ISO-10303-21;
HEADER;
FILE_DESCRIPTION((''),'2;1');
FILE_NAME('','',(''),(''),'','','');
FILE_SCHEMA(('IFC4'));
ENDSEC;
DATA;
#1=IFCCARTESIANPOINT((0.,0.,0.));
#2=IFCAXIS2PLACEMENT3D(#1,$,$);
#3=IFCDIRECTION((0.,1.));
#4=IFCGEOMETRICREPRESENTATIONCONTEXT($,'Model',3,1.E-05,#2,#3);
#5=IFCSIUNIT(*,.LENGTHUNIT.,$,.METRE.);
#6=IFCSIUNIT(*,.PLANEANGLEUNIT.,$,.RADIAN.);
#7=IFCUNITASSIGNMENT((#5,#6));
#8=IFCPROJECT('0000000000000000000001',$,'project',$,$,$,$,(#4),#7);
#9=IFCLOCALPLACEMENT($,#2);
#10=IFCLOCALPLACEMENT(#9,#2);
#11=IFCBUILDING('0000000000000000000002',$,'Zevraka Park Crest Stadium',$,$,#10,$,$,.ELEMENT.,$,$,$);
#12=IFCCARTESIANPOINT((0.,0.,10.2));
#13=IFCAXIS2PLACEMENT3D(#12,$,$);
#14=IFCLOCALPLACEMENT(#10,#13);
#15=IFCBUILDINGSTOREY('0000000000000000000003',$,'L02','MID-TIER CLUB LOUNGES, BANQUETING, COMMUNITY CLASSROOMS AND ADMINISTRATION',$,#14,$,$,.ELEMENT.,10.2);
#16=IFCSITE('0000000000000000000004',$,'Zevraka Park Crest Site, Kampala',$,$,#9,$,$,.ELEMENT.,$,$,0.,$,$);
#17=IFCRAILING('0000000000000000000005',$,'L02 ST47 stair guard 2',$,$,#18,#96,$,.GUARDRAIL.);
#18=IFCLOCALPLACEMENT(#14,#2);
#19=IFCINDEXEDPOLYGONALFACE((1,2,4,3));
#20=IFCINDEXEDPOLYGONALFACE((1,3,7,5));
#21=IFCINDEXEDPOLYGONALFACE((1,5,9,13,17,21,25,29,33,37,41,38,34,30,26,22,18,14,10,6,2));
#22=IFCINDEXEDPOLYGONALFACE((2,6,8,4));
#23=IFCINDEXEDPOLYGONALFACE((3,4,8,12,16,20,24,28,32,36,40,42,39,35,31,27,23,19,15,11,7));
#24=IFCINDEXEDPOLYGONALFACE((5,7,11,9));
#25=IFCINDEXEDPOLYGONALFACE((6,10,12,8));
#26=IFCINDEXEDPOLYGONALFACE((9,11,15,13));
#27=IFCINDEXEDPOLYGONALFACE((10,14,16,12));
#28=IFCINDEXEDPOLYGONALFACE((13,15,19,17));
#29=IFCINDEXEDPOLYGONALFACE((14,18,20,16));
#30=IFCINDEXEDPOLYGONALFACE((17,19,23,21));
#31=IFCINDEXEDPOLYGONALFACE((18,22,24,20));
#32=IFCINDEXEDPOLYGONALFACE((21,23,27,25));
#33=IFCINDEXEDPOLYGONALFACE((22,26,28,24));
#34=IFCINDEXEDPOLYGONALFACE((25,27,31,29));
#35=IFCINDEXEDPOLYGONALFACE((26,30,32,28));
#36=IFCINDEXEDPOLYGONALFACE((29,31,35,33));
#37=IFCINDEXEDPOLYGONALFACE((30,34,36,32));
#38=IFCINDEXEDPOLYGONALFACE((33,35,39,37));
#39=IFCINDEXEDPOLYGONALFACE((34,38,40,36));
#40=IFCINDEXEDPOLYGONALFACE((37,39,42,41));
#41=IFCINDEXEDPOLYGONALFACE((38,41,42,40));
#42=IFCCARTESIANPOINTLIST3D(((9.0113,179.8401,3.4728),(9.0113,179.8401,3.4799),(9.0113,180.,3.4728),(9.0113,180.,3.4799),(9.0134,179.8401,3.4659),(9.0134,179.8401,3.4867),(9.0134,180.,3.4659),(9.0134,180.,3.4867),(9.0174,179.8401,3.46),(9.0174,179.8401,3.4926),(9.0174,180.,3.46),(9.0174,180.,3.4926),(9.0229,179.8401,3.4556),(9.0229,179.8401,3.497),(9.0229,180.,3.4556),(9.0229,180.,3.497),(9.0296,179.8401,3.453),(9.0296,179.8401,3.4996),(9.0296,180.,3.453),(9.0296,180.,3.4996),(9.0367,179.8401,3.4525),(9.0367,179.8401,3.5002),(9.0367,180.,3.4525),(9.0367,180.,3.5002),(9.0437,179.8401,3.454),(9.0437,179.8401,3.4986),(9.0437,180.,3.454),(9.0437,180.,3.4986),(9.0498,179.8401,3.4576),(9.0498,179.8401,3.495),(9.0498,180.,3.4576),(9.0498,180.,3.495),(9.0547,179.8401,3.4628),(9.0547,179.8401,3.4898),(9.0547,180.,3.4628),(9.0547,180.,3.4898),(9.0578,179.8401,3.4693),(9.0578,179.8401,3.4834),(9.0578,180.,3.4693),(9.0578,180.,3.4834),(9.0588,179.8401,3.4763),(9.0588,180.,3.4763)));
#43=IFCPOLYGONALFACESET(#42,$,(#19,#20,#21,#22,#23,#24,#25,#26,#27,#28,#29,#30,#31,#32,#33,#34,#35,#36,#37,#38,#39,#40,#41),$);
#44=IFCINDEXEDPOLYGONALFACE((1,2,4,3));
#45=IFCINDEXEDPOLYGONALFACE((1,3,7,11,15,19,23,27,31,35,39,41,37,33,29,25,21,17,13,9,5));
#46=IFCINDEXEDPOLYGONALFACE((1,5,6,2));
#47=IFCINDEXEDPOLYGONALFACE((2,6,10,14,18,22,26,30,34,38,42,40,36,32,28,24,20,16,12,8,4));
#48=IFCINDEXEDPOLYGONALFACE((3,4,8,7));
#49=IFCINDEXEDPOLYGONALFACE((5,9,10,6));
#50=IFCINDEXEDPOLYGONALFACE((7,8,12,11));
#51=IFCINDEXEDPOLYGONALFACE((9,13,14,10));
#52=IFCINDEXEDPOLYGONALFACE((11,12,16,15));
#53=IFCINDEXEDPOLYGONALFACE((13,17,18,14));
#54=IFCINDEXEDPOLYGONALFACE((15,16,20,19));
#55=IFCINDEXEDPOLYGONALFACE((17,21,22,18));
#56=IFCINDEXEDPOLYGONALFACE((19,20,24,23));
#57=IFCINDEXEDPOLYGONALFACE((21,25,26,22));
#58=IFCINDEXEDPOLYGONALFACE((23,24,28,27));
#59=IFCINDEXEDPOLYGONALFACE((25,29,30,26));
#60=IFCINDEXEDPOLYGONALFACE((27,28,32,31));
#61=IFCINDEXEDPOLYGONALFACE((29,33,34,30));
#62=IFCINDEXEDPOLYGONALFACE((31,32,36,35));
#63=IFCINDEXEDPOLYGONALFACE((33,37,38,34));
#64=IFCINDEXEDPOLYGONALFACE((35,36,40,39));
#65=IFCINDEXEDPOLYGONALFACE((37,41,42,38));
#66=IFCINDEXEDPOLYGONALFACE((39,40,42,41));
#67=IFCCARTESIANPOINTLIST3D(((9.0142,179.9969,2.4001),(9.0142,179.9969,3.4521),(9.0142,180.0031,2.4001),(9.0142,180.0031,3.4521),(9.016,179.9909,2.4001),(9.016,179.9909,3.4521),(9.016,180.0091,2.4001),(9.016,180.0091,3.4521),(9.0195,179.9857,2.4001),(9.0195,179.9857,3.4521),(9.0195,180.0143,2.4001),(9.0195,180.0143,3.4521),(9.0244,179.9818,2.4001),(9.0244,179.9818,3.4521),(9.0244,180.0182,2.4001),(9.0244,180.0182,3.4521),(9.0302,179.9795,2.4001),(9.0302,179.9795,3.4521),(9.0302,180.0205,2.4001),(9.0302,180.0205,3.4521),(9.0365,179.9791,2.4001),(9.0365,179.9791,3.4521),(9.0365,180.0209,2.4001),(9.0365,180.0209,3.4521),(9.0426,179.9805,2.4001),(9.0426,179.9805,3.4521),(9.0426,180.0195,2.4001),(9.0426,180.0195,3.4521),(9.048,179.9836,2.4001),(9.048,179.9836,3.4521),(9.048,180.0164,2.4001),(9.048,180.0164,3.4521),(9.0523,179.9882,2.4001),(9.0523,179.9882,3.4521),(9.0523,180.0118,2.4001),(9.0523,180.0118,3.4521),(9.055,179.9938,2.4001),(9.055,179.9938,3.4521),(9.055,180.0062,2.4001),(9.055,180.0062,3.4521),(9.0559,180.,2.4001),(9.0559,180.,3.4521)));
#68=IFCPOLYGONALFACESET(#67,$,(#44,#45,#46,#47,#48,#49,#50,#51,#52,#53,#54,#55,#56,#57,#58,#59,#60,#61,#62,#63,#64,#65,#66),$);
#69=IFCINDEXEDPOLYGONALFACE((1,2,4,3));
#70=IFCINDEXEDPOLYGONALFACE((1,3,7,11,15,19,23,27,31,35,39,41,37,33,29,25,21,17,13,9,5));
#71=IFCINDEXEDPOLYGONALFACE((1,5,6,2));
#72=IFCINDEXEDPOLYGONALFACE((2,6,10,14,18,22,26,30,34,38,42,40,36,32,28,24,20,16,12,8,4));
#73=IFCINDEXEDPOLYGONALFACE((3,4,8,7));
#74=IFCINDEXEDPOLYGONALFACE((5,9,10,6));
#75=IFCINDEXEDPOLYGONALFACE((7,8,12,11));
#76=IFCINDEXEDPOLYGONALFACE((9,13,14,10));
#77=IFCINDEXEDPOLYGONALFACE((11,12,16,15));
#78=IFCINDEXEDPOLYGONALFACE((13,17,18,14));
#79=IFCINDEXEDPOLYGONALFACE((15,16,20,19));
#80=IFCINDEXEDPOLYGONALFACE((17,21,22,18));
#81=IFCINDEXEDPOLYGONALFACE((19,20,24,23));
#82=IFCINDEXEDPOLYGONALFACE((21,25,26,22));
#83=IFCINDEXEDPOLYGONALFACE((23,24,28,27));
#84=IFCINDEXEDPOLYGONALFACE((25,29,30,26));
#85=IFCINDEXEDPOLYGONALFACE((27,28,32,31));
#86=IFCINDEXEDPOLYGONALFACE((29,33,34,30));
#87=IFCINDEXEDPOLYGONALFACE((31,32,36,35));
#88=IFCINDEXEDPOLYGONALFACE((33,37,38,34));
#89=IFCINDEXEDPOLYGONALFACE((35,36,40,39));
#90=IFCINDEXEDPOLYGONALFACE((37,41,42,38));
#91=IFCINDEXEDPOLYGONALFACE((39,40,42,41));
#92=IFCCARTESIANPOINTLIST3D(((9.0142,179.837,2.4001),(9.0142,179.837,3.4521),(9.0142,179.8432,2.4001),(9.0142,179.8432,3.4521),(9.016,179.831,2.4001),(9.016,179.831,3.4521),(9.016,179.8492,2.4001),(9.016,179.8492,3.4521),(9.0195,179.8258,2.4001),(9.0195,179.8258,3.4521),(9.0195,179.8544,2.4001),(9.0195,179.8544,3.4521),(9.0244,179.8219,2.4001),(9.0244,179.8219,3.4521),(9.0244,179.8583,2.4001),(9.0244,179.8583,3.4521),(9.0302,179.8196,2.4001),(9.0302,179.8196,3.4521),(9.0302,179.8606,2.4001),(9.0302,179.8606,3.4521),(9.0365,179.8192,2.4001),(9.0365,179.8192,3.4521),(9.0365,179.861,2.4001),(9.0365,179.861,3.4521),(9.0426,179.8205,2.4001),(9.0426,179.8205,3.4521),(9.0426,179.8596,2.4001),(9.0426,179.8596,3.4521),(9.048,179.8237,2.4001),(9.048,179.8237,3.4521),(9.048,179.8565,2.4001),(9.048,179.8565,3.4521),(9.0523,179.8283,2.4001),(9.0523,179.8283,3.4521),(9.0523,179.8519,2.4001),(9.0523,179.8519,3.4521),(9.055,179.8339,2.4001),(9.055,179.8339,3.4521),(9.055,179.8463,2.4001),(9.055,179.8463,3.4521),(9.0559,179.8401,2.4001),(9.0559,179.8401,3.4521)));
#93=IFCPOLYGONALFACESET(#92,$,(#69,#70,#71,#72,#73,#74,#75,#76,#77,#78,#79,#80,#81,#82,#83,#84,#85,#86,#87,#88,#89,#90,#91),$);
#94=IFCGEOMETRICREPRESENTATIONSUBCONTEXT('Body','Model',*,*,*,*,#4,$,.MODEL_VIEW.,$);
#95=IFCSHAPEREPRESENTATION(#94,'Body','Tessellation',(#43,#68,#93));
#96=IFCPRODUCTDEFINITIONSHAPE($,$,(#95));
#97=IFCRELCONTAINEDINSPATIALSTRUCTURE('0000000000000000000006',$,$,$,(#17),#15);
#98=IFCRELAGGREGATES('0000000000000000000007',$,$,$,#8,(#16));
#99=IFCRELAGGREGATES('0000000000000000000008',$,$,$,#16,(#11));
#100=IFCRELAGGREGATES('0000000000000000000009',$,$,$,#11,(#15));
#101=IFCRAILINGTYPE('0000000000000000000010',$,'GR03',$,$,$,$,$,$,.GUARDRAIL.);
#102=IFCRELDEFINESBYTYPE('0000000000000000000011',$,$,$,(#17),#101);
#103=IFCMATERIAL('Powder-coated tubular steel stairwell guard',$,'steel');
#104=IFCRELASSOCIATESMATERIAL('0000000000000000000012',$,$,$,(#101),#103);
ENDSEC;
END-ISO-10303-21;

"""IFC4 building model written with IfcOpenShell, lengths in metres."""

from ifc_helpers import new_model, si_unit, direction, frame, origin, origin_2d, place, context, subcontext, project, spatial, circle, extrude, material, type_object, element, save


model = new_model("IFC4")

# Units and contexts
model_context = context("Model", 3, precision=1e-05, world=origin(), true_north=direction((0.0, 1.0)))
body_context = subcontext(model_context, "Body", "Model", "MODEL_VIEW")
ifc_project = project(units=[si_unit("LENGTHUNIT", "METRE"), si_unit("PLANEANGLEUNIT", "RADIAN")], contexts=[model_context])

# Site, building, storey
site_placement = place(None, origin())
site = spatial("IfcSite", under=ifc_project, at=site_placement, Name="Zevraka Park Crest Site, Kampala", CompositionType="ELEMENT", RefElevation=0.0)
building_placement = place(site_placement, origin())
building = spatial("IfcBuilding", under=site, at=building_placement, Name="Zevraka Park Crest Stadium", CompositionType="ELEMENT")
storey_placement = place(building_placement, frame((0.0, 0.0, 10.2)))
storey = spatial("IfcBuildingStorey", under=building, at=storey_placement, Name="L02", Description="MID-TIER CLUB LOUNGES, BANQUETING, COMMUNITY CLASSROOMS AND ADMINISTRATION", CompositionType="ELEMENT", Elevation=10.2)

# Railing
ifc_material_1 = material(Name="Powder-coated tubular steel stairwell guard", Category="steel")
railing_type_1 = type_object("IfcRailingType", Name="GR03", PredefinedType="GUARDRAIL", material=ifc_material_1)
railing_1_placement = place(storey_placement, frame((9.0349, 180.0, 2.4001)))
element("IfcRailing", 1, at=railing_1_placement, inside=storey, type_object=railing_type_1, Name="L02 ST47 stair guard 2", PredefinedType="GUARDRAIL", context=body_context, shape_type="SweptSolid", body=[
    extrude(circle(Radius=0.0239, at=origin_2d()), frame((0.0, 0.0, 1.0762), z_axis=(0.0, -1.0, 0.0), x_axis=(1.0, 0.0, 0.0)), (0.0, 0.0, 1.0), 0.1599),
    extrude(circle(Radius=0.021, at=origin_2d()), origin(), (0.0, 0.0, 1.0), 1.052),
    extrude(circle(Radius=0.021, at=origin_2d()), frame((0.0, -0.1599, 0.0)), (0.0, 0.0, 1.0), 1.052),
])

save(model, "model.ifc")
